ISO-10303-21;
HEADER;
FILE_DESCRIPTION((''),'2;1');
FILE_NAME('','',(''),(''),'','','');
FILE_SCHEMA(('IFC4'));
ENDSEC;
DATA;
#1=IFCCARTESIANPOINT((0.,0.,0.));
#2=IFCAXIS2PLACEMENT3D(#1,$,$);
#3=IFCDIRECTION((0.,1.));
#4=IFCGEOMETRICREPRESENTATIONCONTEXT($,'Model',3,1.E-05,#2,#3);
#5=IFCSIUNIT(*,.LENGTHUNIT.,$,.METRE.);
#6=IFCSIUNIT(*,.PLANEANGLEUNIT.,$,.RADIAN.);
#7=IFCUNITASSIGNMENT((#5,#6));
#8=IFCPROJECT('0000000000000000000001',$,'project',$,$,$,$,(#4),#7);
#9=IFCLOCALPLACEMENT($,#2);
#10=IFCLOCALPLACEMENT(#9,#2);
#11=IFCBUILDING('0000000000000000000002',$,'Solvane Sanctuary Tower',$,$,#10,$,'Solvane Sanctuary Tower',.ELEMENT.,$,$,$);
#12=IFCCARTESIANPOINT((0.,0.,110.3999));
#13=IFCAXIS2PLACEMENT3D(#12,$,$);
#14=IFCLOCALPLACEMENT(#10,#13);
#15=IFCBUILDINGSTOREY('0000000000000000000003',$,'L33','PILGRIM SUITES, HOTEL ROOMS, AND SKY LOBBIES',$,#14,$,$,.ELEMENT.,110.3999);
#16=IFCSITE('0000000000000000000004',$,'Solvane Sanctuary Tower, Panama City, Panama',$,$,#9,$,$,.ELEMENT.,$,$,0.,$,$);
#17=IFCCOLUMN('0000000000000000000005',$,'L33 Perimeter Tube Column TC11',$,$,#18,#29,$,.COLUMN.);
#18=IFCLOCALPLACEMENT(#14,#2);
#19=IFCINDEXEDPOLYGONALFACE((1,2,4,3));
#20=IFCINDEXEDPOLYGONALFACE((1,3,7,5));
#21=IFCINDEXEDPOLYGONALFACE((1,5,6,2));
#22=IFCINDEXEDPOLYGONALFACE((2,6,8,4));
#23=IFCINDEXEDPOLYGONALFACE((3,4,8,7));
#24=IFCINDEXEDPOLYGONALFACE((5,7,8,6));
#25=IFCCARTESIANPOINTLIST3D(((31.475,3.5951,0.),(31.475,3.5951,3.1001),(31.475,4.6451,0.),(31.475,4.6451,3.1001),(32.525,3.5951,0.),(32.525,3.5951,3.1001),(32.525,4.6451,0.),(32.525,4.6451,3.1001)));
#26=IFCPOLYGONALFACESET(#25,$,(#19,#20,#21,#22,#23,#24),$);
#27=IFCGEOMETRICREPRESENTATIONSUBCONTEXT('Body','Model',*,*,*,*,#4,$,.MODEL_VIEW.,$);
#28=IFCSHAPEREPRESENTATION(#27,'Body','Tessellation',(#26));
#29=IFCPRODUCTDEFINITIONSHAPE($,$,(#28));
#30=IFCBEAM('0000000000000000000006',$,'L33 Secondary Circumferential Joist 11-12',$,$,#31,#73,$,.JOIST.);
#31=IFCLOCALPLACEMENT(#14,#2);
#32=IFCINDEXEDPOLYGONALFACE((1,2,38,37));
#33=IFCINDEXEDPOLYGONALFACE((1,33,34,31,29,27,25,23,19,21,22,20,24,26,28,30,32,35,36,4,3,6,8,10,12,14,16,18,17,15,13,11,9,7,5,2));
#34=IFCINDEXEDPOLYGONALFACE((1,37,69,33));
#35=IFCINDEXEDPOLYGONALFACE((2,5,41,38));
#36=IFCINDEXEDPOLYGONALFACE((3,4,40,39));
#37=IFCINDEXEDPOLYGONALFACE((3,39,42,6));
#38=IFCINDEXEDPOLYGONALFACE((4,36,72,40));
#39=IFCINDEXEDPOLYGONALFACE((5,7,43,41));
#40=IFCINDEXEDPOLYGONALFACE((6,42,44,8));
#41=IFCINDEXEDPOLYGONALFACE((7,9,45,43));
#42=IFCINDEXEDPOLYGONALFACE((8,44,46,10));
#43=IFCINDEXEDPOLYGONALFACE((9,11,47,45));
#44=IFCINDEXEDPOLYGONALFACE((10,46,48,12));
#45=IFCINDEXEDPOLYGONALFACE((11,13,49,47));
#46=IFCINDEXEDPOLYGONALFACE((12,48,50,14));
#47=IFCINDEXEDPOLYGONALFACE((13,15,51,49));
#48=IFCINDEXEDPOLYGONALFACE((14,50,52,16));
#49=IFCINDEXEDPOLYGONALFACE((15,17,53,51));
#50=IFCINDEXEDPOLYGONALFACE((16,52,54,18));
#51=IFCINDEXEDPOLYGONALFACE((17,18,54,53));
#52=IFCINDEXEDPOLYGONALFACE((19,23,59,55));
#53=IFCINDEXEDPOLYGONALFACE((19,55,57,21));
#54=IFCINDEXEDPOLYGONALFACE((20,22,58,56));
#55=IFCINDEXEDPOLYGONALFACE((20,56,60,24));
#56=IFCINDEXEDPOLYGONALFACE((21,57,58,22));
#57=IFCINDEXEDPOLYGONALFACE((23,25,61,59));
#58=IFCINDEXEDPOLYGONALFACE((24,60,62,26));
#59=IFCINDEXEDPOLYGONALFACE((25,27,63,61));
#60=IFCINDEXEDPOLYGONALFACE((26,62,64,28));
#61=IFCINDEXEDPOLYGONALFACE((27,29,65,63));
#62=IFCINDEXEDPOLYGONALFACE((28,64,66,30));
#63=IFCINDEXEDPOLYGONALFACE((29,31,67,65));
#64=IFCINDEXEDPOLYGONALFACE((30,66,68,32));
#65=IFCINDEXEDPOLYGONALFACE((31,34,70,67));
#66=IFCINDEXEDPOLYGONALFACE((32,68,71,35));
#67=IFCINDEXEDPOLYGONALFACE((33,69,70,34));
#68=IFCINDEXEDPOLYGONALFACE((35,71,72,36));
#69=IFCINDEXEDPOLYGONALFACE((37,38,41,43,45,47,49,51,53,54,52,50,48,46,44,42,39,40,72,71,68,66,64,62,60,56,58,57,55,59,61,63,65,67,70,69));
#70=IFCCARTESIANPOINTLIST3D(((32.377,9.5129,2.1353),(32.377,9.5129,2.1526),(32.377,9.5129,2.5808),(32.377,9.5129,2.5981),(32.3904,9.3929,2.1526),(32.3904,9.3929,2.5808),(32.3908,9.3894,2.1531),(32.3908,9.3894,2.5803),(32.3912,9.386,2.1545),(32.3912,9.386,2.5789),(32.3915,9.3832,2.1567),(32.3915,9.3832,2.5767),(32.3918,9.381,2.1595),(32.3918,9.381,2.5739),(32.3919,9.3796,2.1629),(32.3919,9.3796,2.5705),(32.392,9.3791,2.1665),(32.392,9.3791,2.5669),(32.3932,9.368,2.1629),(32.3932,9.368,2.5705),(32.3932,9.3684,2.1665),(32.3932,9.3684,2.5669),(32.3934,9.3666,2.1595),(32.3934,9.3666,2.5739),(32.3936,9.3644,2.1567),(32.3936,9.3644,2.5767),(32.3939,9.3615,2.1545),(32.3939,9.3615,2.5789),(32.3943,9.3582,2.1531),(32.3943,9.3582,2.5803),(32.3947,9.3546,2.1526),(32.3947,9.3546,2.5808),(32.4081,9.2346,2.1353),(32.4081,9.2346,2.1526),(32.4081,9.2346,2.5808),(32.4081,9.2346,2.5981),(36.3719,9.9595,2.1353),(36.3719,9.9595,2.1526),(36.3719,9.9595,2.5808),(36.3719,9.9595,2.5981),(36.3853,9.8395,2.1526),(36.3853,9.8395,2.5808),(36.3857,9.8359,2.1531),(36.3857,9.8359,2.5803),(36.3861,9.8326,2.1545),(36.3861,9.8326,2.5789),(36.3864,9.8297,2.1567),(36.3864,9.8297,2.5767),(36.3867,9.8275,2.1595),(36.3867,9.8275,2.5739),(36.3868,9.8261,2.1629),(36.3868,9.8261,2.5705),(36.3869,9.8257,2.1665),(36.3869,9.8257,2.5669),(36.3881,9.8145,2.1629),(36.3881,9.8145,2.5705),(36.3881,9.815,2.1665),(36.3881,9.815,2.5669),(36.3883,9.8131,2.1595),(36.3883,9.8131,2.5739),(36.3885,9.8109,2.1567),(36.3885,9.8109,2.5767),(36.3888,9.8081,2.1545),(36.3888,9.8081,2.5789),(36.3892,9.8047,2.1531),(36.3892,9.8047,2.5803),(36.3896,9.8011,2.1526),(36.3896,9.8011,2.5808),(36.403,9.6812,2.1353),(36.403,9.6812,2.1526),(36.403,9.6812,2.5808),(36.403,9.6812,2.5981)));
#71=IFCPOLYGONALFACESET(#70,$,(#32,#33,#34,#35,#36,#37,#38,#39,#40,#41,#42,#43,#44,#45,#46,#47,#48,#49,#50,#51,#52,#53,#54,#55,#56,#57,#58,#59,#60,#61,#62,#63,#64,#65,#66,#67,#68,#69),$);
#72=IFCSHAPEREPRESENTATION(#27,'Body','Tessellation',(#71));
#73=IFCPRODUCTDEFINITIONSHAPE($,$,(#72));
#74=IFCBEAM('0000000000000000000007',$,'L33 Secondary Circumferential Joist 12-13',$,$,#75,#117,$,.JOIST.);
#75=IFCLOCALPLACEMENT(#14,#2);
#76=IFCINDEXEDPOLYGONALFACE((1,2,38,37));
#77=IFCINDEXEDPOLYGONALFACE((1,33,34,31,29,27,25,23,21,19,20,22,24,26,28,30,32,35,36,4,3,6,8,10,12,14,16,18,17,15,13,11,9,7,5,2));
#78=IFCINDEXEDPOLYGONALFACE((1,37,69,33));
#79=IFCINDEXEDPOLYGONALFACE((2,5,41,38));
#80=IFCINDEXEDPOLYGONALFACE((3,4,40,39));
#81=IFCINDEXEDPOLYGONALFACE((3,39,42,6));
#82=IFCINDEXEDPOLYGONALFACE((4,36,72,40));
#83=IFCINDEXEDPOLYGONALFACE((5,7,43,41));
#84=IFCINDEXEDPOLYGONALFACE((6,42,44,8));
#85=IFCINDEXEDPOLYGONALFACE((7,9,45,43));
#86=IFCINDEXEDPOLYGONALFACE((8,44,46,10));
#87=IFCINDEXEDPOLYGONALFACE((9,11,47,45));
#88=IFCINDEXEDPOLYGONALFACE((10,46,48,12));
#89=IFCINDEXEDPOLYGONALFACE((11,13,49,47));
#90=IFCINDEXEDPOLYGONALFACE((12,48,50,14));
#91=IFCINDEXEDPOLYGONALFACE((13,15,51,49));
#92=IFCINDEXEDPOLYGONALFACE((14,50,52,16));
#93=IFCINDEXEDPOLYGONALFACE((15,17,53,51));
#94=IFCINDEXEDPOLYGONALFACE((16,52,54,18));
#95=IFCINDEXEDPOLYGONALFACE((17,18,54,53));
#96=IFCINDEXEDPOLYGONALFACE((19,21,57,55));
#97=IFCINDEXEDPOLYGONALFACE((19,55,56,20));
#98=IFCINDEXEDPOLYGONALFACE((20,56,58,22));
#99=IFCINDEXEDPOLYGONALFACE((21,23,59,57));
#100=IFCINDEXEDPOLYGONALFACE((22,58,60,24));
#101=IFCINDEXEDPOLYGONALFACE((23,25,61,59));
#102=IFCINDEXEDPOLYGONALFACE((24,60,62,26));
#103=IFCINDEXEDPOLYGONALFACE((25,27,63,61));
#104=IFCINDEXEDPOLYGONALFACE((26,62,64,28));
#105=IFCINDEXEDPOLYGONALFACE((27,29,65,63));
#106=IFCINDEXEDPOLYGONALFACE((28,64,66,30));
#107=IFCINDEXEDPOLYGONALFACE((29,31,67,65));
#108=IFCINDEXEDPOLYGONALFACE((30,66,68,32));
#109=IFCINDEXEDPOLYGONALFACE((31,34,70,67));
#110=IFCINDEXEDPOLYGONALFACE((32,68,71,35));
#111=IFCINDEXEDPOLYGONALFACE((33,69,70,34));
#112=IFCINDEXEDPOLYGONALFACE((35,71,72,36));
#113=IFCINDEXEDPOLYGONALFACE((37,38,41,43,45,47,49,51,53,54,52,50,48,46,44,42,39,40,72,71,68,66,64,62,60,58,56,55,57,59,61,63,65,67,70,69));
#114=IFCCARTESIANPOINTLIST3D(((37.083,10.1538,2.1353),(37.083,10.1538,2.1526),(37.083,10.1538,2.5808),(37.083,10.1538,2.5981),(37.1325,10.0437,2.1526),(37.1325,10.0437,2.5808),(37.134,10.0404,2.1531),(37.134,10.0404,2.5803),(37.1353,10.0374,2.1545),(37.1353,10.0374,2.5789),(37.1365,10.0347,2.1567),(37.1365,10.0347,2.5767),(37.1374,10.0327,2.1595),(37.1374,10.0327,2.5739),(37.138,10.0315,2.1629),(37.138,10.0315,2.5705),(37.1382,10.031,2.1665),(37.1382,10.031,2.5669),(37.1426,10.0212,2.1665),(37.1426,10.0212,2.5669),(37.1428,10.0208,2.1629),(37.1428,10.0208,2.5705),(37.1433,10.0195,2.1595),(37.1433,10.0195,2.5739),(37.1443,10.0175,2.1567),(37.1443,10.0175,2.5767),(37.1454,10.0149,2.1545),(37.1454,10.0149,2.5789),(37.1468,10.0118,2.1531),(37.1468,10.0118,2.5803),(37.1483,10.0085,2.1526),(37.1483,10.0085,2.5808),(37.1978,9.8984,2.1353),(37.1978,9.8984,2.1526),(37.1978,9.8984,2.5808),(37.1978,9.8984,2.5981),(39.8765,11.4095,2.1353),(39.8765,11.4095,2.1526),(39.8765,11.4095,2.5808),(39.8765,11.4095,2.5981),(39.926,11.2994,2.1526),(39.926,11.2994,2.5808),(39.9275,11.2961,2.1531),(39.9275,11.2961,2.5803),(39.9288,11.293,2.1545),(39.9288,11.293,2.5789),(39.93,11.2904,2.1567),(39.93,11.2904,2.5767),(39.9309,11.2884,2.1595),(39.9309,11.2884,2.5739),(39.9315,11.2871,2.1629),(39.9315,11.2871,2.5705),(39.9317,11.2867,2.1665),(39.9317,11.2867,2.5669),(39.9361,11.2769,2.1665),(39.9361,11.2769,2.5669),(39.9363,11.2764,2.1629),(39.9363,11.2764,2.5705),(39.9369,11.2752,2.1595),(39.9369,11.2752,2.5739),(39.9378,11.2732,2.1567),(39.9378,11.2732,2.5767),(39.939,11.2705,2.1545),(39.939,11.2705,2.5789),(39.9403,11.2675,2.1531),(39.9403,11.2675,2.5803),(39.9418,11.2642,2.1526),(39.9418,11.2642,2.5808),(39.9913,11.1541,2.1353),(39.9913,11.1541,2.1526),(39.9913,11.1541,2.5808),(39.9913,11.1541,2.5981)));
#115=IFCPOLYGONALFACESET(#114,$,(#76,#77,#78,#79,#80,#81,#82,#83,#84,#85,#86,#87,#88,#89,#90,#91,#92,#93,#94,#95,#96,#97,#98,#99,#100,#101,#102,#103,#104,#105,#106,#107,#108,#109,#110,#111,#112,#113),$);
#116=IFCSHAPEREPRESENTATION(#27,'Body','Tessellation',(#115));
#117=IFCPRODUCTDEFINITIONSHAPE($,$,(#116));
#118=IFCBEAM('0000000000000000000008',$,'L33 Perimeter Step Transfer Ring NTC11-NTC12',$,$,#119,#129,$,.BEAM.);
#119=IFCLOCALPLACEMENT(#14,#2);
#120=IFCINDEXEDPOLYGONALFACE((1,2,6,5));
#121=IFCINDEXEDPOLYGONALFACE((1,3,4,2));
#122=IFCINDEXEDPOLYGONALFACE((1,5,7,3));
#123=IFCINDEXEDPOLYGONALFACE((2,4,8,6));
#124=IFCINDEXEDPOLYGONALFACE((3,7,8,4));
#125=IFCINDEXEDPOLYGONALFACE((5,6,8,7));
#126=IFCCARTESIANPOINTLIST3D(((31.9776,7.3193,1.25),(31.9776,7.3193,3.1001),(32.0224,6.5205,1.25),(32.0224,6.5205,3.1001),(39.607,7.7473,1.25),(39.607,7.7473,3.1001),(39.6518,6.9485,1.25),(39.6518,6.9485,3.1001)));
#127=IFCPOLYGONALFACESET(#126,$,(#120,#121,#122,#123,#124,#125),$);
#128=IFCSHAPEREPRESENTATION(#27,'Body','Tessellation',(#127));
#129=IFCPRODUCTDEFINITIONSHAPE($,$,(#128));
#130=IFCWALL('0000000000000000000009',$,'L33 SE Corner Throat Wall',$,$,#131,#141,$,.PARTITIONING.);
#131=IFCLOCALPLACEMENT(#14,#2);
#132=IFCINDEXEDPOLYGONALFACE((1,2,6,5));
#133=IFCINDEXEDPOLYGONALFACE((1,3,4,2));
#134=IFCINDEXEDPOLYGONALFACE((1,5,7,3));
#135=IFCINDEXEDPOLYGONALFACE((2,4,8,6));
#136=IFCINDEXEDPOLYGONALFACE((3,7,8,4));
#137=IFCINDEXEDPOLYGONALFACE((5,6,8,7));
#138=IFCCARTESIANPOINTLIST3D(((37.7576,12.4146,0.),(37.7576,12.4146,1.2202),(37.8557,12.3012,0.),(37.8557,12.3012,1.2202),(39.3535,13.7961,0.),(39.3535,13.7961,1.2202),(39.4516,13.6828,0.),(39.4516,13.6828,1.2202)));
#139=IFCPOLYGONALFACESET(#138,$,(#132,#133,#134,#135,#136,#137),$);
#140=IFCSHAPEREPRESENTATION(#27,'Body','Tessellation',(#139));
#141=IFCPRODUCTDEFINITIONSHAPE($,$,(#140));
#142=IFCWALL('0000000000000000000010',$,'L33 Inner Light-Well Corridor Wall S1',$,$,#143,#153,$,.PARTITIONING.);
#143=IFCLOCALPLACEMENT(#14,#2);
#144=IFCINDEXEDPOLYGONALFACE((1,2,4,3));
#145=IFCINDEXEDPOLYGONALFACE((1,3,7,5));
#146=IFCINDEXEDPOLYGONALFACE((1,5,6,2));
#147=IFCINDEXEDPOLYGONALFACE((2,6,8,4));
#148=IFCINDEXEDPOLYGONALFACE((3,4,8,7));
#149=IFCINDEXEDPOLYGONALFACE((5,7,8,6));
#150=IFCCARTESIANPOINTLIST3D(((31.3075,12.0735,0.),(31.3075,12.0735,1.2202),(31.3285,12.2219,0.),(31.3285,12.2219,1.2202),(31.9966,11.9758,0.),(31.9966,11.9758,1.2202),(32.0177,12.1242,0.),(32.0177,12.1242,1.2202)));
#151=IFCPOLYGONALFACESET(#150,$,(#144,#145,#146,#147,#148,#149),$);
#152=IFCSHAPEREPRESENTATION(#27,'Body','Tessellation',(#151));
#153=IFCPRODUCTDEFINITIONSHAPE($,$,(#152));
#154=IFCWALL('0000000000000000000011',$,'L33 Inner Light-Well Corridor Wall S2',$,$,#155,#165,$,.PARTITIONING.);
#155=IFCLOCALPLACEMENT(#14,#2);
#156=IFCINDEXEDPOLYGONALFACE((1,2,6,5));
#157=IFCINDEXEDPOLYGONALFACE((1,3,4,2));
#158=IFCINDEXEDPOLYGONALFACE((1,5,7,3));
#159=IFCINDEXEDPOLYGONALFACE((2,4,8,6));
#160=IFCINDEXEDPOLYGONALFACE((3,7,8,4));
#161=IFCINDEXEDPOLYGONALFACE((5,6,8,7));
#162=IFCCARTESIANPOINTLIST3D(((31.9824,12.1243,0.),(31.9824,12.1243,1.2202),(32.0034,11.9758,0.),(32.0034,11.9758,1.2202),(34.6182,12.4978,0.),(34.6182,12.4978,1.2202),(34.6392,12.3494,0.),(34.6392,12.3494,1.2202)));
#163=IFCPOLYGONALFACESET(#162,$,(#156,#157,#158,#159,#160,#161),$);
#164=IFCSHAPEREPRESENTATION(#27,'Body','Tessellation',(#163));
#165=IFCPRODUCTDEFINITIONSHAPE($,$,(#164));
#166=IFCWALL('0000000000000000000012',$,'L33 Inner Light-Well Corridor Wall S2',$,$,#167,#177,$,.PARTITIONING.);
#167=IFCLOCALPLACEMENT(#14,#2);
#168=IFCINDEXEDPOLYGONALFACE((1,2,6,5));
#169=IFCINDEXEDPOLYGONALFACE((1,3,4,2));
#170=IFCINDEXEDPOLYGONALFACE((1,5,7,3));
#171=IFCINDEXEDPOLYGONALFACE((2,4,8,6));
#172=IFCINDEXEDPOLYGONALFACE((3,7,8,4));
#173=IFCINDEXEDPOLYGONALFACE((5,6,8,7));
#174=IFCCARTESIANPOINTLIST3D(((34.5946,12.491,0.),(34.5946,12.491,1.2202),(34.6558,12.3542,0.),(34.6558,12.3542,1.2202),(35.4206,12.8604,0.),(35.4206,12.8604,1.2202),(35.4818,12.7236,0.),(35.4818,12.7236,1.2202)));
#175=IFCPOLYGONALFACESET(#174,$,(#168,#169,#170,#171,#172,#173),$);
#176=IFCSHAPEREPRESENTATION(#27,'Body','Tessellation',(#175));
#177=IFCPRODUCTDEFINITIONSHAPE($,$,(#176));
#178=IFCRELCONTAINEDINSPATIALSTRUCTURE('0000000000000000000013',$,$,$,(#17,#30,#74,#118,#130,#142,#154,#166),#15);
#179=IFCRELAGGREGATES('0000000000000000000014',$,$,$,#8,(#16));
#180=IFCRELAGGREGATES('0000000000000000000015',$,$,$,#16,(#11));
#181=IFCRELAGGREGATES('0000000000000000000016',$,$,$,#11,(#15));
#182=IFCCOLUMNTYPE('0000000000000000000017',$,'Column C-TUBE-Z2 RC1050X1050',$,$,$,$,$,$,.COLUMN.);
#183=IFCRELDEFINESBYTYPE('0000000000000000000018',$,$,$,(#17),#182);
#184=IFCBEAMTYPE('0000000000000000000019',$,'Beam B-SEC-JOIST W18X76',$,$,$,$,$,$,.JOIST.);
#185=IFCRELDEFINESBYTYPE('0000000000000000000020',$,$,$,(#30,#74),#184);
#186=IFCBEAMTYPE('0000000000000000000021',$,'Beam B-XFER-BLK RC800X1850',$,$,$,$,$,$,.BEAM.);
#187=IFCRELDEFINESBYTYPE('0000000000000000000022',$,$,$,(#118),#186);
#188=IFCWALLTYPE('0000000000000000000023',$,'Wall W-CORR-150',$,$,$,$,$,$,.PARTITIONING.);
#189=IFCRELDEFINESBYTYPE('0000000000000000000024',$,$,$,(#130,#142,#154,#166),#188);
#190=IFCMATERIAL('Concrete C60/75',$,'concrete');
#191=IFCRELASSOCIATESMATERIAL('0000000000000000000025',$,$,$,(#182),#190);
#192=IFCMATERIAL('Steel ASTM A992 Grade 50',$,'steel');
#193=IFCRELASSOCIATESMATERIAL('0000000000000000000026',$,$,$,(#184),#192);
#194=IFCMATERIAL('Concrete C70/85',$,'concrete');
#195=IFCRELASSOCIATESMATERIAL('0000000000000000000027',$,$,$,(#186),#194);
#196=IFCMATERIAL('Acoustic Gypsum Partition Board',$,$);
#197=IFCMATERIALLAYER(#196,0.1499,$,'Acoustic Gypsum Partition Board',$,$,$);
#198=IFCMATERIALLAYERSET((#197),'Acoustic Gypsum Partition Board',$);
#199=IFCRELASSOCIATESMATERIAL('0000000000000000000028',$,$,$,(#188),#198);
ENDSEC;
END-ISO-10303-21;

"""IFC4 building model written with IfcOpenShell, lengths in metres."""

from ifc_helpers import new_model, si_unit, direction, frame, frame_2d, origin, origin_2d, place, context, subcontext, project, spatial, rectangle, i_section, extrude, material, layer, layer_set, material_profile, profile_set, type_object, element, save


model = new_model("IFC4")

# Units and contexts
model_context = context("Model", 3, precision=1e-05, world=origin(), true_north=direction((0.0, 1.0)))
body_context = subcontext(model_context, "Body", "Model", "MODEL_VIEW")
ifc_project = project(units=[si_unit("LENGTHUNIT", "METRE"), si_unit("PLANEANGLEUNIT", "RADIAN")], contexts=[model_context])

# Site, building, storey
site_placement = place(None, origin())
site = spatial("IfcSite", under=ifc_project, at=site_placement, Name="Solvane Sanctuary Tower, Panama City, Panama", CompositionType="ELEMENT", RefElevation=0.0)
building_placement = place(site_placement, origin())
building = spatial("IfcBuilding", under=site, at=building_placement, Name="Solvane Sanctuary Tower", LongName="Solvane Sanctuary Tower", CompositionType="ELEMENT")
storey_placement = place(building_placement, frame((0.0, 0.0, 110.3999)))
storey = spatial("IfcBuildingStorey", under=building, at=storey_placement, Name="L33", Description="PILGRIM SUITES, HOTEL ROOMS, AND SKY LOBBIES", CompositionType="ELEMENT", Elevation=110.3999)

# Column
ifc_material_1 = material(Name="Concrete C60/75", Category="concrete")
ifc_material_profile_1 = material_profile(ifc_material_1, rectangle(XDim=1.05, YDim=1.05, at=origin_2d()), Name="RC1050X1050")
ifc_profile_set_1 = profile_set([ifc_material_profile_1], Name="Concrete C60/75")
column_type = type_object("IfcColumnType", Name="Column C-TUBE-Z2 RC1050X1050", PredefinedType="COLUMN", material=ifc_profile_set_1)
column_placement = place(storey_placement, frame((32.0, 4.1201, 0.0), z_axis=(0.0, 0.0, 1.0), x_axis=(0.0, -1.0, 0.0)))
element("IfcColumn", 1, at=column_placement, inside=storey, type_object=column_type, Name="L33 Perimeter Tube Column TC11", PredefinedType="COLUMN", context=body_context, shape_type="SweptSolid", body=[
    extrude(rectangle(XDim=1.05, YDim=1.05, at=origin_2d()), origin(), (0.0, 0.0, 1.0), 3.1001),
])

# Beams
ifc_material_2 = material(Name="Steel ASTM A992 Grade 50", Category="steel")
ifc_material_profile_2 = material_profile(ifc_material_2, i_section(OverallWidth=0.28, OverallDepth=0.4629, WebThickness=0.0107, FlangeThickness=0.0173, FilletRadius=0.0139, at=origin_2d()), Name="W18X76")
ifc_profile_set_2 = profile_set([ifc_material_profile_2], Name="Steel ASTM A992 Grade 50")
beam_type_1 = type_object("IfcBeamType", Name="Beam B-SEC-JOIST W18X76", PredefinedType="JOIST", material=ifc_profile_set_2)
beam_1_placement = place(storey_placement, frame((32.3926, 9.3738, 2.3667), z_axis=(0.993811, 0.111085, 0.0), x_axis=(-0.111085, 0.993811, 0.0)))
element("IfcBeam", 2, at=beam_1_placement, inside=storey, type_object=beam_type_1, Name="L33 Secondary Circumferential Joist 11-12", PredefinedType="JOIST", context=body_context, shape_type="SweptSolid", body=[
    extrude(i_section(OverallWidth=0.28, OverallDepth=0.4629, WebThickness=0.0107, FlangeThickness=0.0173, FilletRadius=0.0139, at=origin_2d()), origin(), (0.0, 0.0, 1.0), 4.0198),
])
beam_2_placement = place(storey_placement, frame((37.1404, 10.0261, 2.3667), z_axis=(0.912097, 0.409974, 0.0), x_axis=(-0.409974, 0.912097, 0.0)))
element("IfcBeam", 3, at=beam_2_placement, inside=storey, type_object=beam_type_1, Name="L33 Secondary Circumferential Joist 12-13", PredefinedType="JOIST", context=body_context, shape_type="SweptSolid", body=[
    extrude(i_section(OverallWidth=0.28, OverallDepth=0.4629, WebThickness=0.0107, FlangeThickness=0.0173, FilletRadius=0.0139, at=origin_2d()), origin(), (0.0, 0.0, 1.0), 3.0627),
])
ifc_material_3 = material(Name="Concrete C70/85", Category="concrete")
ifc_material_profile_3 = material_profile(ifc_material_3, rectangle(XDim=0.8, YDim=1.8501, at=origin_2d()), Name="RC800X1850")
ifc_profile_set_3 = profile_set([ifc_material_profile_3], Name="Concrete C70/85")
beam_type_2 = type_object("IfcBeamType", Name="Beam B-XFER-BLK RC800X1850", PredefinedType="BEAM", material=ifc_profile_set_3)
beam_3_placement = place(storey_placement, frame((32.0, 6.9199, 2.175), z_axis=(0.99843, 0.056008, 0.0), x_axis=(-0.056008, 0.99843, 0.0)))
element("IfcBeam", 4, at=beam_3_placement, inside=storey, type_object=beam_type_2, Name="L33 Perimeter Step Transfer Ring NTC11-NTC12", PredefinedType="BEAM", context=body_context, shape_type="SweptSolid", body=[
    extrude(rectangle(XDim=0.8, YDim=1.8501, at=origin_2d()), origin(), (0.0, 0.0, 1.0), 7.6414),
])

# Walls
ifc_material_4 = material(Name="Acoustic Gypsum Partition Board")
ifc_layer_1 = layer(ifc_material_4, 0.1499, Name="Acoustic Gypsum Partition Board")
ifc_layer_set_1 = layer_set([ifc_layer_1], Name="Acoustic Gypsum Partition Board")
wall_type_1 = type_object("IfcWallType", Name="Wall W-CORR-150", PredefinedType="PARTITIONING", material=ifc_layer_set_1)
wall_1_placement = place(storey_placement, frame((37.8066, 12.3579, 0.0), z_axis=(0.0, 0.0, 1.0), x_axis=(0.756055, 0.654508, 0.0)))
element("IfcWall", 5, at=wall_1_placement, inside=storey, type_object=wall_type_1, Name="L33 SE Corner Throat Wall", PredefinedType="PARTITIONING", context=body_context, shape_type="SweptSolid", body=[
    extrude(rectangle(XDim=2.1108, YDim=0.1499, at=frame_2d((1.0554, 0.0))), origin(), (0.0, 0.0, 1.0), 1.2202),
])
wall_2_placement = place(storey_placement, frame((31.3179, 12.1477, 0.0), z_axis=(0.0, 0.0, 1.0), x_axis=(0.99011, -0.140292, 0.0)))
element("IfcWall", 6, at=wall_2_placement, inside=storey, type_object=wall_type_1, Name="L33 Inner Light-Well Corridor Wall S1", PredefinedType="PARTITIONING", context=body_context, shape_type="SweptSolid", body=[
    extrude(rectangle(XDim=0.696, YDim=0.1499, at=frame_2d((0.3481, 0.0))), origin(), (0.0, 0.0, 1.0), 1.2202),
])
wall_3_placement = place(storey_placement, frame((31.9929, 12.05, 0.0), z_axis=(0.0, 0.0, 1.0), x_axis=(0.990107, 0.140317, 0.0)))
element("IfcWall", 7, at=wall_3_placement, inside=storey, type_object=wall_type_1, Name="L33 Inner Light-Well Corridor Wall S2", PredefinedType="PARTITIONING", context=body_context, shape_type="SweptSolid", body=[
    extrude(rectangle(XDim=2.6621, YDim=0.1499, at=frame_2d((1.3311, 0.0))), origin(), (0.0, 0.0, 1.0), 1.2202),
])
wall_4_placement = place(storey_placement, frame((34.6252, 12.4226, 0.0), z_axis=(0.0, 0.0, 1.0), x_axis=(0.912863, 0.408265, 0.0)))
element("IfcWall", 8, at=wall_4_placement, inside=storey, type_object=wall_type_1, Name="L33 Inner Light-Well Corridor Wall S2", PredefinedType="PARTITIONING", context=body_context, shape_type="SweptSolid", body=[
    extrude(rectangle(XDim=0.9048, YDim=0.1499, at=frame_2d((0.4524, 0.0))), origin(), (0.0, 0.0, 1.0), 1.2202),
])

save(model, "model.ifc")
